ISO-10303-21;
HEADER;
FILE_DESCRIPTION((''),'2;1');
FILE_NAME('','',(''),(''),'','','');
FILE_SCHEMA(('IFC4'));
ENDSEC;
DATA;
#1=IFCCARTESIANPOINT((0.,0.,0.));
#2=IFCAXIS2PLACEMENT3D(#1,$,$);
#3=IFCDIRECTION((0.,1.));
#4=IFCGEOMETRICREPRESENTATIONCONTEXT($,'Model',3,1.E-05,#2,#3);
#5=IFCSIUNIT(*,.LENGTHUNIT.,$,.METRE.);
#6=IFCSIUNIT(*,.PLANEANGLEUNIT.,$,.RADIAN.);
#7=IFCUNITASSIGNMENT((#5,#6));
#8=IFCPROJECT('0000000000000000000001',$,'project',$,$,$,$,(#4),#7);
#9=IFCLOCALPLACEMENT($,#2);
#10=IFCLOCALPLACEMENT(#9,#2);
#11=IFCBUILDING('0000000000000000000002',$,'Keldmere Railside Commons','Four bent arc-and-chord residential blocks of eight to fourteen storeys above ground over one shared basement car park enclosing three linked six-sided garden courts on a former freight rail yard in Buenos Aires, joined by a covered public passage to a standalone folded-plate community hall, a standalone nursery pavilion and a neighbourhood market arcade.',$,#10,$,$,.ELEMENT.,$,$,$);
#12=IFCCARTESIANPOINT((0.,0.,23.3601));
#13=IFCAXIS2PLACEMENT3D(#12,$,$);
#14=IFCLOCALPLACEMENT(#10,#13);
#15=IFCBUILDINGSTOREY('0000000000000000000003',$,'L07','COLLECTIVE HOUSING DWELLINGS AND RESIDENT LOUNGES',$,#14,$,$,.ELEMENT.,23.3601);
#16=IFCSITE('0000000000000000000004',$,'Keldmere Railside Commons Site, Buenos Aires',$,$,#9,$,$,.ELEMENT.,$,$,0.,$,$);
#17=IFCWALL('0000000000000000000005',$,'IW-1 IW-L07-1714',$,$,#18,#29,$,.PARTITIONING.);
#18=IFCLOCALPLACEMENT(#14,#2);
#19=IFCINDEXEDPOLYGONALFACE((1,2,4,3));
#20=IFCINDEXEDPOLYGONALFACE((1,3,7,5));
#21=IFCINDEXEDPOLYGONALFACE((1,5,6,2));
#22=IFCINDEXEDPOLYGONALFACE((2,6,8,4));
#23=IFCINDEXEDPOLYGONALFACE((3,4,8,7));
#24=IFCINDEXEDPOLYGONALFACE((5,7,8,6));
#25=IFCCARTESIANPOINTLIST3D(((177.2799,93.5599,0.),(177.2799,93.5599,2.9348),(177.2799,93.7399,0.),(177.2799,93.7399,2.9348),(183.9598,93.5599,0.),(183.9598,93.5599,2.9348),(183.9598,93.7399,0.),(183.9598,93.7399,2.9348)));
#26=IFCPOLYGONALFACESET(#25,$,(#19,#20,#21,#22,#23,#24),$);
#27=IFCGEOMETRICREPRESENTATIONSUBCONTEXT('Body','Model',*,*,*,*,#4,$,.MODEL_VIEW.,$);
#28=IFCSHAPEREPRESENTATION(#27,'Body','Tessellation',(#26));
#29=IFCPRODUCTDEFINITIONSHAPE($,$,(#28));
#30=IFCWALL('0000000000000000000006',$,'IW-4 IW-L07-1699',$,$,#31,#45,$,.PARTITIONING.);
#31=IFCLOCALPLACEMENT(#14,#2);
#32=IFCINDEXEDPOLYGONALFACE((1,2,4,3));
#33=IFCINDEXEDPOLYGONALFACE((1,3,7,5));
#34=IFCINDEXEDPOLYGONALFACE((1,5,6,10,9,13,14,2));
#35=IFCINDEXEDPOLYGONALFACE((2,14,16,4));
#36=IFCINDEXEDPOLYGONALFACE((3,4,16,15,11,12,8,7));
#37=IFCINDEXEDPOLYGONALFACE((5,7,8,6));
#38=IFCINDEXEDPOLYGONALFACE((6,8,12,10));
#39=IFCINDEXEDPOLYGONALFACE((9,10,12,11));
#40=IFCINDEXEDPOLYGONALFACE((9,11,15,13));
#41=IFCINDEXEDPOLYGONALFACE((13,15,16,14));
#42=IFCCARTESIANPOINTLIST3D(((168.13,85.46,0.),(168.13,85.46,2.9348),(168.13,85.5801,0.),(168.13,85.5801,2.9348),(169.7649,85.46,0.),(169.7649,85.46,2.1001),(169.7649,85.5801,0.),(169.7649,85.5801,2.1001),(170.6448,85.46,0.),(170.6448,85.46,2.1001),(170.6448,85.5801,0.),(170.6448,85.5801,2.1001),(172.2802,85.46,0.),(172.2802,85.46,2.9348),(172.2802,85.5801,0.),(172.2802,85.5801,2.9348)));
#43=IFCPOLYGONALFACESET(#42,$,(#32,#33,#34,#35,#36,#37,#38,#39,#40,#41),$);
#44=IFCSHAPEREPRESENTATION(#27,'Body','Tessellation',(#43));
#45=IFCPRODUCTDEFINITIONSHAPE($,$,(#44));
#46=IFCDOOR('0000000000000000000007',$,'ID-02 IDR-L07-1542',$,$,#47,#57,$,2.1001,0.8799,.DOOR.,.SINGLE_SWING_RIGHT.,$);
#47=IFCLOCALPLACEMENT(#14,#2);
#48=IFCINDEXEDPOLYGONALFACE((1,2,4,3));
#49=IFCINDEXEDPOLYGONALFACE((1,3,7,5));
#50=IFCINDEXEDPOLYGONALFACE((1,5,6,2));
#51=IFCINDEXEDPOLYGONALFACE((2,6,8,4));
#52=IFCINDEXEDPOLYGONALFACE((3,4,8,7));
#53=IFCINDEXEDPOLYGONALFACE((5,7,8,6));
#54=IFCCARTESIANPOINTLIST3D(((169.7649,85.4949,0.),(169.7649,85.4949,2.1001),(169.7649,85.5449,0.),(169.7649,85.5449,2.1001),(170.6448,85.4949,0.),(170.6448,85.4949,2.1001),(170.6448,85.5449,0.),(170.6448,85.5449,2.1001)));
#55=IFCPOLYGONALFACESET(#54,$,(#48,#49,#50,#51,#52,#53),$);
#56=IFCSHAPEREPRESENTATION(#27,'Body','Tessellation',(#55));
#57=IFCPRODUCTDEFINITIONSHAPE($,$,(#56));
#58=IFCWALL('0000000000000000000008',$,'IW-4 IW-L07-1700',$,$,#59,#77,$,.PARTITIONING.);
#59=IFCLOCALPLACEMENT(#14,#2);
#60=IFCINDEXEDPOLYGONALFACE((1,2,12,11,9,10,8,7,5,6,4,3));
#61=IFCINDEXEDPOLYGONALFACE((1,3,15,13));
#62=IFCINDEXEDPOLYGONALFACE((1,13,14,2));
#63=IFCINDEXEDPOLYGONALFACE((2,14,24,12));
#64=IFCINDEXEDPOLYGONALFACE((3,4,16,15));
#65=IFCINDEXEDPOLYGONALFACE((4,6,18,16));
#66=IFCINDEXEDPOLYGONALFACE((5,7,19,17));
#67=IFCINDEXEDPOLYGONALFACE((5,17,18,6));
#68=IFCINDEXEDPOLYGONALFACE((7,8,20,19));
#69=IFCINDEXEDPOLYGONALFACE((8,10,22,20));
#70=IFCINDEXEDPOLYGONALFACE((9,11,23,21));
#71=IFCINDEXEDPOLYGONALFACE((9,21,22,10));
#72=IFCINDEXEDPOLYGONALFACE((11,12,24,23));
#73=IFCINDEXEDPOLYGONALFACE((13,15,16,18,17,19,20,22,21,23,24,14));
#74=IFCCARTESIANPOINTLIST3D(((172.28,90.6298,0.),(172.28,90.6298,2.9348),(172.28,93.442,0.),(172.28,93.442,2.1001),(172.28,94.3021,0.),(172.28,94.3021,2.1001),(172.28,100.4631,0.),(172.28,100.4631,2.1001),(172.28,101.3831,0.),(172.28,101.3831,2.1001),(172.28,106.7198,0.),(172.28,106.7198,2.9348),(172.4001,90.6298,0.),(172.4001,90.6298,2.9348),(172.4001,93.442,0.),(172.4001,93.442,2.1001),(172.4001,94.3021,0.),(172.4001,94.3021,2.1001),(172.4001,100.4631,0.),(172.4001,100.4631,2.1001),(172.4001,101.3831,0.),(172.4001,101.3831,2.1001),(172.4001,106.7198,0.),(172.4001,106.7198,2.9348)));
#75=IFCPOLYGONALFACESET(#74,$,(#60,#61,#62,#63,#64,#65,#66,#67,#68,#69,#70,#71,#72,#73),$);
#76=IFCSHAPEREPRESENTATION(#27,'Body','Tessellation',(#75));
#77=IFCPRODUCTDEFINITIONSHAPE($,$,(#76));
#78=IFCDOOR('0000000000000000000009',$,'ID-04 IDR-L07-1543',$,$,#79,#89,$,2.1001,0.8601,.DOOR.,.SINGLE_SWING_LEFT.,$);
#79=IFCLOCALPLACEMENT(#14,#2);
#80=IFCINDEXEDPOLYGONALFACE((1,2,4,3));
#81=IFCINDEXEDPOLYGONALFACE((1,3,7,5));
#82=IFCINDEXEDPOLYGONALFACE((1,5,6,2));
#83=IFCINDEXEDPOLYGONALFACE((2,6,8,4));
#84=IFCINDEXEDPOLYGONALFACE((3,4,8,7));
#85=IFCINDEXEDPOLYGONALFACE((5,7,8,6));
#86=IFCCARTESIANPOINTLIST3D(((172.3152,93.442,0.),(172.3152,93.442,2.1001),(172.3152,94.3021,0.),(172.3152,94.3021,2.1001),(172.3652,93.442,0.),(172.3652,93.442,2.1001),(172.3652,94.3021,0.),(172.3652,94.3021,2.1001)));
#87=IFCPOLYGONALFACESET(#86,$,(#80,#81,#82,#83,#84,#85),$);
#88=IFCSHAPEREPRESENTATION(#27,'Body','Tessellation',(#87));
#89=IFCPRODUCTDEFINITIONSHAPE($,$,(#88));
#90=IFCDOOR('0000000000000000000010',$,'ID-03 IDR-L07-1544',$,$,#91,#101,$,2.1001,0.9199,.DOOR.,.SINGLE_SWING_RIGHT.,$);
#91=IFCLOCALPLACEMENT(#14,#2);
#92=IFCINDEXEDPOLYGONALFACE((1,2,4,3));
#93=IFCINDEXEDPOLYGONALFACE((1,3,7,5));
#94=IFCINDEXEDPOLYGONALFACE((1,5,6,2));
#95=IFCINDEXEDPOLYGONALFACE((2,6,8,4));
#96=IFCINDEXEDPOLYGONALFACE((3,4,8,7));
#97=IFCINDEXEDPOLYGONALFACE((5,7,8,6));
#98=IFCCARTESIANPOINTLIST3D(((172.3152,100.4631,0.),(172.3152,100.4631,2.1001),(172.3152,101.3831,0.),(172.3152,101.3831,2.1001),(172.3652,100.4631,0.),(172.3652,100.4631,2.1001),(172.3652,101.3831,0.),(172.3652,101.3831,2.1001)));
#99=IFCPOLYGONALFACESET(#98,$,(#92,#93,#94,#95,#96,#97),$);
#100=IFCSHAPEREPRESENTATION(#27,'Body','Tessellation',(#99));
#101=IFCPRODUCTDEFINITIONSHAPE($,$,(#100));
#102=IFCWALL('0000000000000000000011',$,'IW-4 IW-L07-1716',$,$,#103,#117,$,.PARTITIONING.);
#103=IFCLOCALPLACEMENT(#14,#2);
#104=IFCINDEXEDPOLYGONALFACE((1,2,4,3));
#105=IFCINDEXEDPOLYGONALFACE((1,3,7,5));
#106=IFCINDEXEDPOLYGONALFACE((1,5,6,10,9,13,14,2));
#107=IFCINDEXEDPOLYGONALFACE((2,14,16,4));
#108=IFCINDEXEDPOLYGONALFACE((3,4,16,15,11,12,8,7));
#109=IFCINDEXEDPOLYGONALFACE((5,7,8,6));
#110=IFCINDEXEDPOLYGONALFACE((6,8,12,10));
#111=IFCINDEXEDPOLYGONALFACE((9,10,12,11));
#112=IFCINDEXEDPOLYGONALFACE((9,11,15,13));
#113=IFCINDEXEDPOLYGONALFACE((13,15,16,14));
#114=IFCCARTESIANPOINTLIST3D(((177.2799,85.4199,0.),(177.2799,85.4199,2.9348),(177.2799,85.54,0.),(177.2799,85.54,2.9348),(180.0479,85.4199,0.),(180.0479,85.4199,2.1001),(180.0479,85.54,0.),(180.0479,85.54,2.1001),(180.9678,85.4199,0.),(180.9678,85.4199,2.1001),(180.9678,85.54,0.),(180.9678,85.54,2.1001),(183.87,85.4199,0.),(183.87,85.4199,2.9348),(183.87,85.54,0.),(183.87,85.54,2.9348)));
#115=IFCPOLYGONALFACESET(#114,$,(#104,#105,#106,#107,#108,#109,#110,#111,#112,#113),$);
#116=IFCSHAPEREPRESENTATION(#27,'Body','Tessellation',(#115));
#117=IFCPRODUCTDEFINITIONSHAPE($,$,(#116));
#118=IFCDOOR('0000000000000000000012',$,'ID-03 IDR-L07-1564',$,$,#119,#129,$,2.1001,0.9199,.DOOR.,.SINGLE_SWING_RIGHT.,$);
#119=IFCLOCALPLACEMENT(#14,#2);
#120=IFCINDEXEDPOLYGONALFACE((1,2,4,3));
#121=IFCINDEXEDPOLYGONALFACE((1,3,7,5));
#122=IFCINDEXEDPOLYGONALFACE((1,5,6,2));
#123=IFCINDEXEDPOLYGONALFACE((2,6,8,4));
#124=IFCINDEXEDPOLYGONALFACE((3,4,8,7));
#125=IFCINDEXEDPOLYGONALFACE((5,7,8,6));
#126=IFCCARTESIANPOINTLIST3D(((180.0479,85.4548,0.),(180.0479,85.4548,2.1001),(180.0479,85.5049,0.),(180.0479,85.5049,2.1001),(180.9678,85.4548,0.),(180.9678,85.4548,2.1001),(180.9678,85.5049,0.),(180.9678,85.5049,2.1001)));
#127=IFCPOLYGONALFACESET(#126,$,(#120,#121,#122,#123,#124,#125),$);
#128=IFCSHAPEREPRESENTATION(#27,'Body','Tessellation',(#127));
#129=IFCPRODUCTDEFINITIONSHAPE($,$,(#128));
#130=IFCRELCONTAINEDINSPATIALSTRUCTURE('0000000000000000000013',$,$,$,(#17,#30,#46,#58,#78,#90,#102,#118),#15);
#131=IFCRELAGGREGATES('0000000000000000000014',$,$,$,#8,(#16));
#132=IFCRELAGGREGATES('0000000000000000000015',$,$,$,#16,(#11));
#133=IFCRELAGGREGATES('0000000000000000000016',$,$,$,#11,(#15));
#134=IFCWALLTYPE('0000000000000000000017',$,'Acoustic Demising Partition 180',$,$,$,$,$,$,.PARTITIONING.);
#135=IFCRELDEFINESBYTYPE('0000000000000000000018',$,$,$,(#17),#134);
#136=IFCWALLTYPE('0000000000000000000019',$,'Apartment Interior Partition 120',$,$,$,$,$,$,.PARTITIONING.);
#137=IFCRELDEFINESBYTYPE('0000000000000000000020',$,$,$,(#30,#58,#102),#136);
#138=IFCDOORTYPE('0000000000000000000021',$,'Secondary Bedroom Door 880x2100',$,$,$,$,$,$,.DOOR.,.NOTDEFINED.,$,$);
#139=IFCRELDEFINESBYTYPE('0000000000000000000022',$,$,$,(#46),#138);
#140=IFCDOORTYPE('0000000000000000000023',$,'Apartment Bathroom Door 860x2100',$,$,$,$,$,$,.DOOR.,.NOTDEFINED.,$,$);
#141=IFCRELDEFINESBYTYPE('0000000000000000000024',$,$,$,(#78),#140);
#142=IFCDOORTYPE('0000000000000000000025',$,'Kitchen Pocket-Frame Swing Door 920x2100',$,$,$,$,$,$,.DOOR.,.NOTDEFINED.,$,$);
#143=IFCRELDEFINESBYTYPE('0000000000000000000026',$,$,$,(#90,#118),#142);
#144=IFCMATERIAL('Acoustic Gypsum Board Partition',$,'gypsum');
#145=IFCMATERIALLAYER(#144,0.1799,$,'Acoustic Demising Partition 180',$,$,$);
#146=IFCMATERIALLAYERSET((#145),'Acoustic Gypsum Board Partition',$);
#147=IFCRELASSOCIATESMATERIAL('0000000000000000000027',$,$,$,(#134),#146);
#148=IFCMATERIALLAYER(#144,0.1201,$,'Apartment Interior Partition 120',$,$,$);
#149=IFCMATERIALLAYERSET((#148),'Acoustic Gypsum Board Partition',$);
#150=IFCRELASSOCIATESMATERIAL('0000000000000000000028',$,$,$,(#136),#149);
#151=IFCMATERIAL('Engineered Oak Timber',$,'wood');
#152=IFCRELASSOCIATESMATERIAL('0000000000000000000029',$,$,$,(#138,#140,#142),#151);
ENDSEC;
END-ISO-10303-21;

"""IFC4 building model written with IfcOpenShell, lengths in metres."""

from ifc_helpers import new_model, si_unit, direction, frame, frame_2d, origin, place, context, subcontext, project, spatial, rectangle, extrude, material, layer, layer_set, type_object, element, fill, save


model = new_model("IFC4")

# Units and contexts
model_context = context("Model", 3, precision=1e-05, world=origin(), true_north=direction((0.0, 1.0)))
body_context = subcontext(model_context, "Body", "Model", "MODEL_VIEW")
ifc_project = project(units=[si_unit("LENGTHUNIT", "METRE"), si_unit("PLANEANGLEUNIT", "RADIAN")], contexts=[model_context])

# Site, building, storey
site_placement = place(None, origin())
site = spatial("IfcSite", under=ifc_project, at=site_placement, Name="Keldmere Railside Commons Site, Buenos Aires", CompositionType="ELEMENT", RefElevation=0.0)
building_placement = place(site_placement, origin())
building = spatial("IfcBuilding", under=site, at=building_placement, Name="Keldmere Railside Commons", Description="Four bent arc-and-chord residential blocks of eight to fourteen storeys above ground over one shared basement car park enclosing three linked six-sided garden courts on a former freight rail yard in Buenos Aires, joined by a covered public passage to a standalone folded-plate community hall, a standalone nursery pavilion and a neighbourhood market arcade.", CompositionType="ELEMENT")
storey_placement = place(building_placement, frame((0.0, 0.0, 23.3601)))
storey = spatial("IfcBuildingStorey", under=building, at=storey_placement, Name="L07", Description="COLLECTIVE HOUSING DWELLINGS AND RESIDENT LOUNGES", CompositionType="ELEMENT", Elevation=23.3601)

# Wall
ifc_material_1 = material(Name="Acoustic Gypsum Board Partition", Category="gypsum")
ifc_layer_1 = layer(ifc_material_1, 0.1799, Name="Acoustic Demising Partition 180")
ifc_layer_set_1 = layer_set([ifc_layer_1], Name="Acoustic Gypsum Board Partition")
wall_type_1 = type_object("IfcWallType", Name="Acoustic Demising Partition 180", PredefinedType="PARTITIONING", material=ifc_layer_set_1)
wall_1_placement = place(storey_placement, frame((177.28, 93.6499, 0.0), z_axis=(0.0, 0.0, 1.0), x_axis=(1.0, 0.0, 0.0)))
element("IfcWall", 1, at=wall_1_placement, inside=storey, type_object=wall_type_1, Name="IW-1 IW-L07-1714", PredefinedType="PARTITIONING", context=body_context, shape_type="SweptSolid", body=[
    extrude(rectangle(XDim=6.6799, YDim=0.1799, at=frame_2d((3.3398, 0.0))), origin(), (0.0, 0.0, 1.0), 2.9348),
])

# Wall, opening, door
ifc_layer_2 = layer(ifc_material_1, 0.1201, Name="Apartment Interior Partition 120")
ifc_layer_set_2 = layer_set([ifc_layer_2], Name="Acoustic Gypsum Board Partition")
wall_type_2 = type_object("IfcWallType", Name="Apartment Interior Partition 120", PredefinedType="PARTITIONING", material=ifc_layer_set_2)
wall_2_placement = place(storey_placement, frame((168.1299, 85.52, 0.0), z_axis=(0.0, 0.0, 1.0), x_axis=(1.0, 0.0, 0.0)))
wall_2 = element("IfcWall", 2, at=wall_2_placement, inside=storey, type_object=wall_type_2, Name="IW-4 IW-L07-1699", PredefinedType="PARTITIONING", context=body_context, shape_type="SweptSolid", body=[
    extrude(rectangle(XDim=4.1501, YDim=0.1201, at=frame_2d((2.0752, 0.0))), origin(), (0.0, 0.0, 1.0), 2.9348),
])
opening_1_placement = place(wall_2_placement, frame((1.635, 0.0, 0.0)))
opening_1 = element("IfcOpeningElement", 3, at=opening_1_placement, cuts=wall_2, PredefinedType="OPENING", context=body_context, shape_type="SweptSolid", body=[
    extrude(rectangle(XDim=0.8799, YDim=2.1001, at=frame_2d((0.4399, 1.05))), frame((0.0, 0.0701, 0.0), z_axis=(0.0, -1.0, 0.0), x_axis=(1.0, 0.0, 0.0)), (0.0, 0.0, 1.0), 0.1401),
])
ifc_material_2 = material(Name="Engineered Oak Timber", Category="wood")
door_type_1 = type_object("IfcDoorType", Name="Secondary Bedroom Door 880x2100", OperationType="NOTDEFINED", PredefinedType="DOOR", material=ifc_material_2)
door_1_placement = place(opening_1_placement, origin())
door_1 = element("IfcDoor", 4, at=door_1_placement, inside=storey, type_object=door_type_1, Name="ID-02 IDR-L07-1542", OperationType="SINGLE_SWING_RIGHT", OverallHeight=2.1001, OverallWidth=0.8799, PredefinedType="DOOR", context=body_context, shape_type="SweptSolid", body=[
    extrude(rectangle(XDim=0.8799, YDim=2.1001, at=frame_2d((0.4399, 1.05))), frame((0.0, 0.0249, 0.0), z_axis=(0.0, -1.0, 0.0), x_axis=(1.0, 0.0, 0.0)), (0.0, 0.0, 1.0), 0.05),
])
fill(opening_1, door_1)

# Wall, openings, doors
wall_3_placement = place(storey_placement, frame((172.3401, 90.6299, 0.0), z_axis=(0.0, 0.0, 1.0), x_axis=(0.0, 1.0, 0.0)))
wall_3 = element("IfcWall", 5, at=wall_3_placement, inside=storey, type_object=wall_type_2, Name="IW-4 IW-L07-1700", PredefinedType="PARTITIONING", context=body_context, shape_type="SweptSolid", body=[
    extrude(rectangle(XDim=16.0901, YDim=0.1201, at=frame_2d((8.0449, 0.0))), origin(), (0.0, 0.0, 1.0), 2.9348),
])
opening_2_placement = place(wall_3_placement, frame((2.812, 0.0, 0.0)))
opening_2 = element("IfcOpeningElement", 6, at=opening_2_placement, cuts=wall_3, PredefinedType="OPENING", context=body_context, shape_type="SweptSolid", body=[
    extrude(rectangle(XDim=0.8601, YDim=2.1001, at=frame_2d((0.4302, 1.05))), frame((0.0, 0.0701, 0.0), z_axis=(0.0, -1.0, 0.0), x_axis=(1.0, 0.0, 0.0)), (0.0, 0.0, 1.0), 0.1401),
])
opening_3_placement = place(wall_3_placement, frame((9.8333, 0.0, 0.0)))
opening_3 = element("IfcOpeningElement", 7, at=opening_3_placement, cuts=wall_3, PredefinedType="OPENING", context=body_context, shape_type="SweptSolid", body=[
    extrude(rectangle(XDim=0.9199, YDim=2.1001, at=frame_2d((0.46, 1.05))), frame((0.0, 0.0701, 0.0), z_axis=(0.0, -1.0, 0.0), x_axis=(1.0, 0.0, 0.0)), (0.0, 0.0, 1.0), 0.1401),
])
door_type_2 = type_object("IfcDoorType", Name="Apartment Bathroom Door 860x2100", OperationType="NOTDEFINED", PredefinedType="DOOR", material=ifc_material_2)
door_2_placement = place(opening_2_placement, origin())
door_2 = element("IfcDoor", 8, at=door_2_placement, inside=storey, type_object=door_type_2, Name="ID-04 IDR-L07-1543", OperationType="SINGLE_SWING_LEFT", OverallHeight=2.1001, OverallWidth=0.8601, PredefinedType="DOOR", context=body_context, shape_type="SweptSolid", body=[
    extrude(rectangle(XDim=0.8601, YDim=2.1001, at=frame_2d((0.4302, 1.05))), frame((0.0, 0.0249, 0.0), z_axis=(0.0, -1.0, 0.0), x_axis=(1.0, 0.0, 0.0)), (0.0, 0.0, 1.0), 0.05),
])
fill(opening_2, door_2)
door_type_3 = type_object("IfcDoorType", Name="Kitchen Pocket-Frame Swing Door 920x2100", OperationType="NOTDEFINED", PredefinedType="DOOR", material=ifc_material_2)
door_3_placement = place(opening_3_placement, origin())
door_3 = element("IfcDoor", 9, at=door_3_placement, inside=storey, type_object=door_type_3, Name="ID-03 IDR-L07-1544", OperationType="SINGLE_SWING_RIGHT", OverallHeight=2.1001, OverallWidth=0.9199, PredefinedType="DOOR", context=body_context, shape_type="SweptSolid", body=[
    extrude(rectangle(XDim=0.9199, YDim=2.1001, at=frame_2d((0.46, 1.05))), frame((0.0, 0.0249, 0.0), z_axis=(0.0, -1.0, 0.0), x_axis=(1.0, 0.0, 0.0)), (0.0, 0.0, 1.0), 0.05),
])
fill(opening_3, door_3)

# Wall, opening, door
wall_4_placement = place(storey_placement, frame((177.28, 85.48, 0.0), z_axis=(0.0, 0.0, 1.0), x_axis=(1.0, 0.0, 0.0)))
wall_4 = element("IfcWall", 10, at=wall_4_placement, inside=storey, type_object=wall_type_2, Name="IW-4 IW-L07-1716", PredefinedType="PARTITIONING", context=body_context, shape_type="SweptSolid", body=[
    extrude(rectangle(XDim=6.5901, YDim=0.1201, at=frame_2d((3.2949, 0.0))), origin(), (0.0, 0.0, 1.0), 2.9348),
])
opening_4_placement = place(wall_4_placement, frame((2.7678, 0.0, 0.0)))
opening_4 = element("IfcOpeningElement", 11, at=opening_4_placement, cuts=wall_4, PredefinedType="OPENING", context=body_context, shape_type="SweptSolid", body=[
    extrude(rectangle(XDim=0.9199, YDim=2.1001, at=frame_2d((0.46, 1.05))), frame((0.0, 0.0701, 0.0), z_axis=(0.0, -1.0, 0.0), x_axis=(1.0, 0.0, 0.0)), (0.0, 0.0, 1.0), 0.1401),
])
door_4_placement = place(opening_4_placement, origin())
door_4 = element("IfcDoor", 12, at=door_4_placement, inside=storey, type_object=door_type_3, Name="ID-03 IDR-L07-1564", OperationType="SINGLE_SWING_RIGHT", OverallHeight=2.1001, OverallWidth=0.9199, PredefinedType="DOOR", context=body_context, shape_type="SweptSolid", body=[
    extrude(rectangle(XDim=0.9199, YDim=2.1001, at=frame_2d((0.46, 1.05))), frame((0.0, 0.0249, 0.0), z_axis=(0.0, -1.0, 0.0), x_axis=(1.0, 0.0, 0.0)), (0.0, 0.0, 1.0), 0.05),
])
fill(opening_4, door_4)

save(model, "model.ifc")
